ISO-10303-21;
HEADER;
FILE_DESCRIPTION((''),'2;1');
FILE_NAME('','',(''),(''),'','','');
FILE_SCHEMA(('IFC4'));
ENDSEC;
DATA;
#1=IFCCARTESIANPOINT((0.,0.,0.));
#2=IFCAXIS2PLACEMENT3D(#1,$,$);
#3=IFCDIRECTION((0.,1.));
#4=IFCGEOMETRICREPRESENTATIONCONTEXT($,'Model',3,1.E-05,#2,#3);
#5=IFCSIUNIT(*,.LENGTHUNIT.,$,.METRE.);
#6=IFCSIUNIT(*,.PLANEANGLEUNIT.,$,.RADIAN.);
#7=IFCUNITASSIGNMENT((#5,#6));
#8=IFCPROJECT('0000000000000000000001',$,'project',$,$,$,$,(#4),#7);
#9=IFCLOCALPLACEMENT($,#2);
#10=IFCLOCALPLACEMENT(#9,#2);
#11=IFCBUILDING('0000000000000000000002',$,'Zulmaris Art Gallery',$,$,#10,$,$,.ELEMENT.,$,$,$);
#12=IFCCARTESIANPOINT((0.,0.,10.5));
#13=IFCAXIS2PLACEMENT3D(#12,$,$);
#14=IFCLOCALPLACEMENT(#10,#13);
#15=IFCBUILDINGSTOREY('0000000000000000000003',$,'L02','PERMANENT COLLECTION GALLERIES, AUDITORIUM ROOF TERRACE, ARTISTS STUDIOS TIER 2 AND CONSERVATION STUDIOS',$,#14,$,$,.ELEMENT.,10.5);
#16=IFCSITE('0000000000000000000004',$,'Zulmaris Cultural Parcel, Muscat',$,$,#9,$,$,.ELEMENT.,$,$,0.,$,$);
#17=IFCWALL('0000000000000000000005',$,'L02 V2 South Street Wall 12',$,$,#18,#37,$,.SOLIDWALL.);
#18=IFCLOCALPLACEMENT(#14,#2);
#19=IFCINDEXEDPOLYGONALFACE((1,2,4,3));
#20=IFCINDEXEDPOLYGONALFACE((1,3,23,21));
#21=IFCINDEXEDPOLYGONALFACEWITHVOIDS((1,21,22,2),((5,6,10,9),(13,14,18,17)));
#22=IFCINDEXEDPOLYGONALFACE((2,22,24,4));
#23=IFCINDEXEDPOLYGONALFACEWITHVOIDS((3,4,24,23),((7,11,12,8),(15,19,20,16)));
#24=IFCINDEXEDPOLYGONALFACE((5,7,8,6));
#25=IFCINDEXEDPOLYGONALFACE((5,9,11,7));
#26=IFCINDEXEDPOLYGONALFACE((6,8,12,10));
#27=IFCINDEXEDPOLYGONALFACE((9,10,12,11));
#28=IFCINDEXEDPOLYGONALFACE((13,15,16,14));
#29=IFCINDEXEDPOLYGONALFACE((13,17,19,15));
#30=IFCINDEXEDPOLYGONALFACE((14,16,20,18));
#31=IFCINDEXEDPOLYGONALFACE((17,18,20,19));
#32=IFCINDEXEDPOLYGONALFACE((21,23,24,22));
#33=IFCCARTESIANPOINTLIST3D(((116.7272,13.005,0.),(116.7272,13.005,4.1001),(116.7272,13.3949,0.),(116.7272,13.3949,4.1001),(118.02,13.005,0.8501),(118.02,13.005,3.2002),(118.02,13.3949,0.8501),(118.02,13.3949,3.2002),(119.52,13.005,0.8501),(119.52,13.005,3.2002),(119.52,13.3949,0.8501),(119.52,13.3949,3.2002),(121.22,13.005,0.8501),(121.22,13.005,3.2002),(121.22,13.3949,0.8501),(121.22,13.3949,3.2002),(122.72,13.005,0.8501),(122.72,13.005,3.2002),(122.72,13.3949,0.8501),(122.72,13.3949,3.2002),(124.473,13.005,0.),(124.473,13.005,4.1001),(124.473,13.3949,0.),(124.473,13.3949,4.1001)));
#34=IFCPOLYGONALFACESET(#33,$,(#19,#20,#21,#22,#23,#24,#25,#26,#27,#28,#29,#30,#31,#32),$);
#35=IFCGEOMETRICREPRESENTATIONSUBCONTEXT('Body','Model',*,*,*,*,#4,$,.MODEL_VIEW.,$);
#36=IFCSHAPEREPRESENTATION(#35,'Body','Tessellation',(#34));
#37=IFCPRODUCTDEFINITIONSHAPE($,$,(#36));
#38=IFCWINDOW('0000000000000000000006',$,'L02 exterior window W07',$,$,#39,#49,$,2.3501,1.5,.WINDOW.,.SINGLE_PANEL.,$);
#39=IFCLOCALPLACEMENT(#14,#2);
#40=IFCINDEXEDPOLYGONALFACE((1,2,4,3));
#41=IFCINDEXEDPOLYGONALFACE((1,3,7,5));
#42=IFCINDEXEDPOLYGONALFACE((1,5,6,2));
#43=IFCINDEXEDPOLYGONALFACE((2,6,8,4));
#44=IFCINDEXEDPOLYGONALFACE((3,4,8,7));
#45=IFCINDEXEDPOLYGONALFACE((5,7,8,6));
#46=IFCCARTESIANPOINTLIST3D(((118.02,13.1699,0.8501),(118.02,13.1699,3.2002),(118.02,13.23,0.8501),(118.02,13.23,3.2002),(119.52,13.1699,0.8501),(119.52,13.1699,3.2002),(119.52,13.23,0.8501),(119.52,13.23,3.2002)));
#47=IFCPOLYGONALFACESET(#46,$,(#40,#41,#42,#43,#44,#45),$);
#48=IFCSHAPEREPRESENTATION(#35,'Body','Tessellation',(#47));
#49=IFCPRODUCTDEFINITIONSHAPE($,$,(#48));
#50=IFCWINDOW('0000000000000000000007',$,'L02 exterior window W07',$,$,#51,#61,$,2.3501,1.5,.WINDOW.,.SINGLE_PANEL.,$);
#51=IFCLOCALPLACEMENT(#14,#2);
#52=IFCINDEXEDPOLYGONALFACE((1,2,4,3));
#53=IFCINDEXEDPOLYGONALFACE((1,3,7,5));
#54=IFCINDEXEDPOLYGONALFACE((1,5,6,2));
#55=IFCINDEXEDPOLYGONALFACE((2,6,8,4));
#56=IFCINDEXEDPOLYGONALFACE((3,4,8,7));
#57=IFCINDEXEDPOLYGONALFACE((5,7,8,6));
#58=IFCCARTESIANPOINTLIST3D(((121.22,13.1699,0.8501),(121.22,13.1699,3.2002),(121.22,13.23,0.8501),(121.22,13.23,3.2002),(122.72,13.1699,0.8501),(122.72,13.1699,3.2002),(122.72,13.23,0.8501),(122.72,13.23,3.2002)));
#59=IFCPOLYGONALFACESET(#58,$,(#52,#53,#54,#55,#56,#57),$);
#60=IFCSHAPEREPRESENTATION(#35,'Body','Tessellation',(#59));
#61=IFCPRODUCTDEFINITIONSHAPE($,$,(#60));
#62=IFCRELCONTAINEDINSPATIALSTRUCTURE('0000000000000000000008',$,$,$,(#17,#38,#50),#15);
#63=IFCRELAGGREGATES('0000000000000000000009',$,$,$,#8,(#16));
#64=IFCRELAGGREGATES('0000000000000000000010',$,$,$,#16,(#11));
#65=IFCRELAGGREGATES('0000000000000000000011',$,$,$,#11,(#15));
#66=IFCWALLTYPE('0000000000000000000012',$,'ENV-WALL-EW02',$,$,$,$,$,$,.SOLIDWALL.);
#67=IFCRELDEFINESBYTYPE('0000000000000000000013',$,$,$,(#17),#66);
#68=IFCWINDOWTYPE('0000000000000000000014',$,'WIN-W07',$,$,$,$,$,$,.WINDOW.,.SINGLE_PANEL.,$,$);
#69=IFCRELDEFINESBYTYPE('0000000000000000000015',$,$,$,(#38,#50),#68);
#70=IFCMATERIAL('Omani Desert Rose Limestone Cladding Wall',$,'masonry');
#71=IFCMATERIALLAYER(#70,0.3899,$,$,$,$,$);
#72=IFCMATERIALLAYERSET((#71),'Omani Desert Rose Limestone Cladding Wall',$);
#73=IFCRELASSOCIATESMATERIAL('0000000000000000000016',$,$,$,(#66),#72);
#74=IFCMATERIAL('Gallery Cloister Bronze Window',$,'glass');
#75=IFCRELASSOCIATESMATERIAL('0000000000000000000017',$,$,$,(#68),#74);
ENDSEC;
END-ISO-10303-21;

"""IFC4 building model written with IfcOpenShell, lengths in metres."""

from ifc_helpers import new_model, si_unit, direction, frame, frame_2d, origin, place, context, subcontext, project, spatial, rectangle, extrude, material, layer, layer_set, type_object, element, fill, save


model = new_model("IFC4")

# Units and contexts
model_context = context("Model", 3, precision=1e-05, world=origin(), true_north=direction((0.0, 1.0)))
body_context = subcontext(model_context, "Body", "Model", "MODEL_VIEW")
ifc_project = project(units=[si_unit("LENGTHUNIT", "METRE"), si_unit("PLANEANGLEUNIT", "RADIAN")], contexts=[model_context])

# Site, building, storey
site_placement = place(None, origin())
site = spatial("IfcSite", under=ifc_project, at=site_placement, Name="Zulmaris Cultural Parcel, Muscat", CompositionType="ELEMENT", RefElevation=0.0)
building_placement = place(site_placement, origin())
building = spatial("IfcBuilding", under=site, at=building_placement, Name="Zulmaris Art Gallery", CompositionType="ELEMENT")
storey_placement = place(building_placement, frame((0.0, 0.0, 10.5)))
storey = spatial("IfcBuildingStorey", under=building, at=storey_placement, Name="L02", Description="PERMANENT COLLECTION GALLERIES, AUDITORIUM ROOF TERRACE, ARTISTS STUDIOS TIER 2 AND CONSERVATION STUDIOS", CompositionType="ELEMENT", Elevation=10.5)

# Wall, openings, windows
ifc_material_1 = material(Name="Omani Desert Rose Limestone Cladding Wall", Category="masonry")
ifc_layer_1 = layer(ifc_material_1, 0.3899)
ifc_layer_set_1 = layer_set([ifc_layer_1], Name="Omani Desert Rose Limestone Cladding Wall")
wall_type = type_object("IfcWallType", Name="ENV-WALL-EW02", PredefinedType="SOLIDWALL", material=ifc_layer_set_1)
wall_placement = place(storey_placement, frame((116.7271, 13.2, 0.0), z_axis=(0.0, 0.0, 1.0), x_axis=(1.0, 0.0, 0.0)))
wall = element("IfcWall", 1, at=wall_placement, inside=storey, type_object=wall_type, Name="L02 V2 South Street Wall 12", PredefinedType="SOLIDWALL", context=body_context, shape_type="SweptSolid", body=[
    extrude(rectangle(XDim=7.7458, YDim=0.3899, at=frame_2d((3.873, 0.0))), origin(), (0.0, 0.0, 1.0), 4.1001),
])
opening_1_placement = place(wall_placement, frame((1.293, 0.0, 0.8501)))
opening_1 = element("IfcOpeningElement", 2, at=opening_1_placement, cuts=wall, PredefinedType="OPENING", context=body_context, shape_type="SweptSolid", body=[
    extrude(rectangle(XDim=1.5, YDim=2.3501, at=frame_2d((0.75, 1.175))), frame((0.0, 0.2048, 0.0), z_axis=(0.0, -1.0, 0.0), x_axis=(1.0, 0.0, 0.0)), (0.0, 0.0, 1.0), 0.4099),
])
opening_2_placement = place(wall_placement, frame((4.4929, 0.0, 0.8501)))
opening_2 = element("IfcOpeningElement", 3, at=opening_2_placement, cuts=wall, PredefinedType="OPENING", context=body_context, shape_type="SweptSolid", body=[
    extrude(rectangle(XDim=1.5, YDim=2.3501, at=frame_2d((0.75, 1.175))), frame((0.0, 0.2048, 0.0), z_axis=(0.0, -1.0, 0.0), x_axis=(1.0, 0.0, 0.0)), (0.0, 0.0, 1.0), 0.4099),
])
ifc_material_2 = material(Name="Gallery Cloister Bronze Window", Category="glass")
window_type = type_object("IfcWindowType", Name="WIN-W07", PartitioningType="SINGLE_PANEL", PredefinedType="WINDOW", material=ifc_material_2)
window_1_placement = place(opening_1_placement, origin())
window_1 = element("IfcWindow", 4, at=window_1_placement, inside=storey, type_object=window_type, Name="L02 exterior window W07", OverallHeight=2.3501, OverallWidth=1.5, PartitioningType="SINGLE_PANEL", PredefinedType="WINDOW", context=body_context, shape_type="SweptSolid", body=[
    extrude(rectangle(XDim=1.5, YDim=2.3501, at=frame_2d((0.75, 1.175))), frame((0.0, 0.03, 0.0), z_axis=(0.0, -1.0, 0.0), x_axis=(1.0, 0.0, 0.0)), (0.0, 0.0, 1.0), 0.0601),
])
fill(opening_1, window_1)
window_2_placement = place(opening_2_placement, origin())
window_2 = element("IfcWindow", 5, at=window_2_placement, inside=storey, type_object=window_type, Name="L02 exterior window W07", OverallHeight=2.3501, OverallWidth=1.5, PartitioningType="SINGLE_PANEL", PredefinedType="WINDOW", context=body_context, shape_type="SweptSolid", body=[
    extrude(rectangle(XDim=1.5, YDim=2.3501, at=frame_2d((0.75, 1.175))), frame((0.0, 0.03, 0.0), z_axis=(0.0, -1.0, 0.0), x_axis=(1.0, 0.0, 0.0)), (0.0, 0.0, 1.0), 0.0601),
])
fill(opening_2, window_2)

save(model, "model.ifc")
